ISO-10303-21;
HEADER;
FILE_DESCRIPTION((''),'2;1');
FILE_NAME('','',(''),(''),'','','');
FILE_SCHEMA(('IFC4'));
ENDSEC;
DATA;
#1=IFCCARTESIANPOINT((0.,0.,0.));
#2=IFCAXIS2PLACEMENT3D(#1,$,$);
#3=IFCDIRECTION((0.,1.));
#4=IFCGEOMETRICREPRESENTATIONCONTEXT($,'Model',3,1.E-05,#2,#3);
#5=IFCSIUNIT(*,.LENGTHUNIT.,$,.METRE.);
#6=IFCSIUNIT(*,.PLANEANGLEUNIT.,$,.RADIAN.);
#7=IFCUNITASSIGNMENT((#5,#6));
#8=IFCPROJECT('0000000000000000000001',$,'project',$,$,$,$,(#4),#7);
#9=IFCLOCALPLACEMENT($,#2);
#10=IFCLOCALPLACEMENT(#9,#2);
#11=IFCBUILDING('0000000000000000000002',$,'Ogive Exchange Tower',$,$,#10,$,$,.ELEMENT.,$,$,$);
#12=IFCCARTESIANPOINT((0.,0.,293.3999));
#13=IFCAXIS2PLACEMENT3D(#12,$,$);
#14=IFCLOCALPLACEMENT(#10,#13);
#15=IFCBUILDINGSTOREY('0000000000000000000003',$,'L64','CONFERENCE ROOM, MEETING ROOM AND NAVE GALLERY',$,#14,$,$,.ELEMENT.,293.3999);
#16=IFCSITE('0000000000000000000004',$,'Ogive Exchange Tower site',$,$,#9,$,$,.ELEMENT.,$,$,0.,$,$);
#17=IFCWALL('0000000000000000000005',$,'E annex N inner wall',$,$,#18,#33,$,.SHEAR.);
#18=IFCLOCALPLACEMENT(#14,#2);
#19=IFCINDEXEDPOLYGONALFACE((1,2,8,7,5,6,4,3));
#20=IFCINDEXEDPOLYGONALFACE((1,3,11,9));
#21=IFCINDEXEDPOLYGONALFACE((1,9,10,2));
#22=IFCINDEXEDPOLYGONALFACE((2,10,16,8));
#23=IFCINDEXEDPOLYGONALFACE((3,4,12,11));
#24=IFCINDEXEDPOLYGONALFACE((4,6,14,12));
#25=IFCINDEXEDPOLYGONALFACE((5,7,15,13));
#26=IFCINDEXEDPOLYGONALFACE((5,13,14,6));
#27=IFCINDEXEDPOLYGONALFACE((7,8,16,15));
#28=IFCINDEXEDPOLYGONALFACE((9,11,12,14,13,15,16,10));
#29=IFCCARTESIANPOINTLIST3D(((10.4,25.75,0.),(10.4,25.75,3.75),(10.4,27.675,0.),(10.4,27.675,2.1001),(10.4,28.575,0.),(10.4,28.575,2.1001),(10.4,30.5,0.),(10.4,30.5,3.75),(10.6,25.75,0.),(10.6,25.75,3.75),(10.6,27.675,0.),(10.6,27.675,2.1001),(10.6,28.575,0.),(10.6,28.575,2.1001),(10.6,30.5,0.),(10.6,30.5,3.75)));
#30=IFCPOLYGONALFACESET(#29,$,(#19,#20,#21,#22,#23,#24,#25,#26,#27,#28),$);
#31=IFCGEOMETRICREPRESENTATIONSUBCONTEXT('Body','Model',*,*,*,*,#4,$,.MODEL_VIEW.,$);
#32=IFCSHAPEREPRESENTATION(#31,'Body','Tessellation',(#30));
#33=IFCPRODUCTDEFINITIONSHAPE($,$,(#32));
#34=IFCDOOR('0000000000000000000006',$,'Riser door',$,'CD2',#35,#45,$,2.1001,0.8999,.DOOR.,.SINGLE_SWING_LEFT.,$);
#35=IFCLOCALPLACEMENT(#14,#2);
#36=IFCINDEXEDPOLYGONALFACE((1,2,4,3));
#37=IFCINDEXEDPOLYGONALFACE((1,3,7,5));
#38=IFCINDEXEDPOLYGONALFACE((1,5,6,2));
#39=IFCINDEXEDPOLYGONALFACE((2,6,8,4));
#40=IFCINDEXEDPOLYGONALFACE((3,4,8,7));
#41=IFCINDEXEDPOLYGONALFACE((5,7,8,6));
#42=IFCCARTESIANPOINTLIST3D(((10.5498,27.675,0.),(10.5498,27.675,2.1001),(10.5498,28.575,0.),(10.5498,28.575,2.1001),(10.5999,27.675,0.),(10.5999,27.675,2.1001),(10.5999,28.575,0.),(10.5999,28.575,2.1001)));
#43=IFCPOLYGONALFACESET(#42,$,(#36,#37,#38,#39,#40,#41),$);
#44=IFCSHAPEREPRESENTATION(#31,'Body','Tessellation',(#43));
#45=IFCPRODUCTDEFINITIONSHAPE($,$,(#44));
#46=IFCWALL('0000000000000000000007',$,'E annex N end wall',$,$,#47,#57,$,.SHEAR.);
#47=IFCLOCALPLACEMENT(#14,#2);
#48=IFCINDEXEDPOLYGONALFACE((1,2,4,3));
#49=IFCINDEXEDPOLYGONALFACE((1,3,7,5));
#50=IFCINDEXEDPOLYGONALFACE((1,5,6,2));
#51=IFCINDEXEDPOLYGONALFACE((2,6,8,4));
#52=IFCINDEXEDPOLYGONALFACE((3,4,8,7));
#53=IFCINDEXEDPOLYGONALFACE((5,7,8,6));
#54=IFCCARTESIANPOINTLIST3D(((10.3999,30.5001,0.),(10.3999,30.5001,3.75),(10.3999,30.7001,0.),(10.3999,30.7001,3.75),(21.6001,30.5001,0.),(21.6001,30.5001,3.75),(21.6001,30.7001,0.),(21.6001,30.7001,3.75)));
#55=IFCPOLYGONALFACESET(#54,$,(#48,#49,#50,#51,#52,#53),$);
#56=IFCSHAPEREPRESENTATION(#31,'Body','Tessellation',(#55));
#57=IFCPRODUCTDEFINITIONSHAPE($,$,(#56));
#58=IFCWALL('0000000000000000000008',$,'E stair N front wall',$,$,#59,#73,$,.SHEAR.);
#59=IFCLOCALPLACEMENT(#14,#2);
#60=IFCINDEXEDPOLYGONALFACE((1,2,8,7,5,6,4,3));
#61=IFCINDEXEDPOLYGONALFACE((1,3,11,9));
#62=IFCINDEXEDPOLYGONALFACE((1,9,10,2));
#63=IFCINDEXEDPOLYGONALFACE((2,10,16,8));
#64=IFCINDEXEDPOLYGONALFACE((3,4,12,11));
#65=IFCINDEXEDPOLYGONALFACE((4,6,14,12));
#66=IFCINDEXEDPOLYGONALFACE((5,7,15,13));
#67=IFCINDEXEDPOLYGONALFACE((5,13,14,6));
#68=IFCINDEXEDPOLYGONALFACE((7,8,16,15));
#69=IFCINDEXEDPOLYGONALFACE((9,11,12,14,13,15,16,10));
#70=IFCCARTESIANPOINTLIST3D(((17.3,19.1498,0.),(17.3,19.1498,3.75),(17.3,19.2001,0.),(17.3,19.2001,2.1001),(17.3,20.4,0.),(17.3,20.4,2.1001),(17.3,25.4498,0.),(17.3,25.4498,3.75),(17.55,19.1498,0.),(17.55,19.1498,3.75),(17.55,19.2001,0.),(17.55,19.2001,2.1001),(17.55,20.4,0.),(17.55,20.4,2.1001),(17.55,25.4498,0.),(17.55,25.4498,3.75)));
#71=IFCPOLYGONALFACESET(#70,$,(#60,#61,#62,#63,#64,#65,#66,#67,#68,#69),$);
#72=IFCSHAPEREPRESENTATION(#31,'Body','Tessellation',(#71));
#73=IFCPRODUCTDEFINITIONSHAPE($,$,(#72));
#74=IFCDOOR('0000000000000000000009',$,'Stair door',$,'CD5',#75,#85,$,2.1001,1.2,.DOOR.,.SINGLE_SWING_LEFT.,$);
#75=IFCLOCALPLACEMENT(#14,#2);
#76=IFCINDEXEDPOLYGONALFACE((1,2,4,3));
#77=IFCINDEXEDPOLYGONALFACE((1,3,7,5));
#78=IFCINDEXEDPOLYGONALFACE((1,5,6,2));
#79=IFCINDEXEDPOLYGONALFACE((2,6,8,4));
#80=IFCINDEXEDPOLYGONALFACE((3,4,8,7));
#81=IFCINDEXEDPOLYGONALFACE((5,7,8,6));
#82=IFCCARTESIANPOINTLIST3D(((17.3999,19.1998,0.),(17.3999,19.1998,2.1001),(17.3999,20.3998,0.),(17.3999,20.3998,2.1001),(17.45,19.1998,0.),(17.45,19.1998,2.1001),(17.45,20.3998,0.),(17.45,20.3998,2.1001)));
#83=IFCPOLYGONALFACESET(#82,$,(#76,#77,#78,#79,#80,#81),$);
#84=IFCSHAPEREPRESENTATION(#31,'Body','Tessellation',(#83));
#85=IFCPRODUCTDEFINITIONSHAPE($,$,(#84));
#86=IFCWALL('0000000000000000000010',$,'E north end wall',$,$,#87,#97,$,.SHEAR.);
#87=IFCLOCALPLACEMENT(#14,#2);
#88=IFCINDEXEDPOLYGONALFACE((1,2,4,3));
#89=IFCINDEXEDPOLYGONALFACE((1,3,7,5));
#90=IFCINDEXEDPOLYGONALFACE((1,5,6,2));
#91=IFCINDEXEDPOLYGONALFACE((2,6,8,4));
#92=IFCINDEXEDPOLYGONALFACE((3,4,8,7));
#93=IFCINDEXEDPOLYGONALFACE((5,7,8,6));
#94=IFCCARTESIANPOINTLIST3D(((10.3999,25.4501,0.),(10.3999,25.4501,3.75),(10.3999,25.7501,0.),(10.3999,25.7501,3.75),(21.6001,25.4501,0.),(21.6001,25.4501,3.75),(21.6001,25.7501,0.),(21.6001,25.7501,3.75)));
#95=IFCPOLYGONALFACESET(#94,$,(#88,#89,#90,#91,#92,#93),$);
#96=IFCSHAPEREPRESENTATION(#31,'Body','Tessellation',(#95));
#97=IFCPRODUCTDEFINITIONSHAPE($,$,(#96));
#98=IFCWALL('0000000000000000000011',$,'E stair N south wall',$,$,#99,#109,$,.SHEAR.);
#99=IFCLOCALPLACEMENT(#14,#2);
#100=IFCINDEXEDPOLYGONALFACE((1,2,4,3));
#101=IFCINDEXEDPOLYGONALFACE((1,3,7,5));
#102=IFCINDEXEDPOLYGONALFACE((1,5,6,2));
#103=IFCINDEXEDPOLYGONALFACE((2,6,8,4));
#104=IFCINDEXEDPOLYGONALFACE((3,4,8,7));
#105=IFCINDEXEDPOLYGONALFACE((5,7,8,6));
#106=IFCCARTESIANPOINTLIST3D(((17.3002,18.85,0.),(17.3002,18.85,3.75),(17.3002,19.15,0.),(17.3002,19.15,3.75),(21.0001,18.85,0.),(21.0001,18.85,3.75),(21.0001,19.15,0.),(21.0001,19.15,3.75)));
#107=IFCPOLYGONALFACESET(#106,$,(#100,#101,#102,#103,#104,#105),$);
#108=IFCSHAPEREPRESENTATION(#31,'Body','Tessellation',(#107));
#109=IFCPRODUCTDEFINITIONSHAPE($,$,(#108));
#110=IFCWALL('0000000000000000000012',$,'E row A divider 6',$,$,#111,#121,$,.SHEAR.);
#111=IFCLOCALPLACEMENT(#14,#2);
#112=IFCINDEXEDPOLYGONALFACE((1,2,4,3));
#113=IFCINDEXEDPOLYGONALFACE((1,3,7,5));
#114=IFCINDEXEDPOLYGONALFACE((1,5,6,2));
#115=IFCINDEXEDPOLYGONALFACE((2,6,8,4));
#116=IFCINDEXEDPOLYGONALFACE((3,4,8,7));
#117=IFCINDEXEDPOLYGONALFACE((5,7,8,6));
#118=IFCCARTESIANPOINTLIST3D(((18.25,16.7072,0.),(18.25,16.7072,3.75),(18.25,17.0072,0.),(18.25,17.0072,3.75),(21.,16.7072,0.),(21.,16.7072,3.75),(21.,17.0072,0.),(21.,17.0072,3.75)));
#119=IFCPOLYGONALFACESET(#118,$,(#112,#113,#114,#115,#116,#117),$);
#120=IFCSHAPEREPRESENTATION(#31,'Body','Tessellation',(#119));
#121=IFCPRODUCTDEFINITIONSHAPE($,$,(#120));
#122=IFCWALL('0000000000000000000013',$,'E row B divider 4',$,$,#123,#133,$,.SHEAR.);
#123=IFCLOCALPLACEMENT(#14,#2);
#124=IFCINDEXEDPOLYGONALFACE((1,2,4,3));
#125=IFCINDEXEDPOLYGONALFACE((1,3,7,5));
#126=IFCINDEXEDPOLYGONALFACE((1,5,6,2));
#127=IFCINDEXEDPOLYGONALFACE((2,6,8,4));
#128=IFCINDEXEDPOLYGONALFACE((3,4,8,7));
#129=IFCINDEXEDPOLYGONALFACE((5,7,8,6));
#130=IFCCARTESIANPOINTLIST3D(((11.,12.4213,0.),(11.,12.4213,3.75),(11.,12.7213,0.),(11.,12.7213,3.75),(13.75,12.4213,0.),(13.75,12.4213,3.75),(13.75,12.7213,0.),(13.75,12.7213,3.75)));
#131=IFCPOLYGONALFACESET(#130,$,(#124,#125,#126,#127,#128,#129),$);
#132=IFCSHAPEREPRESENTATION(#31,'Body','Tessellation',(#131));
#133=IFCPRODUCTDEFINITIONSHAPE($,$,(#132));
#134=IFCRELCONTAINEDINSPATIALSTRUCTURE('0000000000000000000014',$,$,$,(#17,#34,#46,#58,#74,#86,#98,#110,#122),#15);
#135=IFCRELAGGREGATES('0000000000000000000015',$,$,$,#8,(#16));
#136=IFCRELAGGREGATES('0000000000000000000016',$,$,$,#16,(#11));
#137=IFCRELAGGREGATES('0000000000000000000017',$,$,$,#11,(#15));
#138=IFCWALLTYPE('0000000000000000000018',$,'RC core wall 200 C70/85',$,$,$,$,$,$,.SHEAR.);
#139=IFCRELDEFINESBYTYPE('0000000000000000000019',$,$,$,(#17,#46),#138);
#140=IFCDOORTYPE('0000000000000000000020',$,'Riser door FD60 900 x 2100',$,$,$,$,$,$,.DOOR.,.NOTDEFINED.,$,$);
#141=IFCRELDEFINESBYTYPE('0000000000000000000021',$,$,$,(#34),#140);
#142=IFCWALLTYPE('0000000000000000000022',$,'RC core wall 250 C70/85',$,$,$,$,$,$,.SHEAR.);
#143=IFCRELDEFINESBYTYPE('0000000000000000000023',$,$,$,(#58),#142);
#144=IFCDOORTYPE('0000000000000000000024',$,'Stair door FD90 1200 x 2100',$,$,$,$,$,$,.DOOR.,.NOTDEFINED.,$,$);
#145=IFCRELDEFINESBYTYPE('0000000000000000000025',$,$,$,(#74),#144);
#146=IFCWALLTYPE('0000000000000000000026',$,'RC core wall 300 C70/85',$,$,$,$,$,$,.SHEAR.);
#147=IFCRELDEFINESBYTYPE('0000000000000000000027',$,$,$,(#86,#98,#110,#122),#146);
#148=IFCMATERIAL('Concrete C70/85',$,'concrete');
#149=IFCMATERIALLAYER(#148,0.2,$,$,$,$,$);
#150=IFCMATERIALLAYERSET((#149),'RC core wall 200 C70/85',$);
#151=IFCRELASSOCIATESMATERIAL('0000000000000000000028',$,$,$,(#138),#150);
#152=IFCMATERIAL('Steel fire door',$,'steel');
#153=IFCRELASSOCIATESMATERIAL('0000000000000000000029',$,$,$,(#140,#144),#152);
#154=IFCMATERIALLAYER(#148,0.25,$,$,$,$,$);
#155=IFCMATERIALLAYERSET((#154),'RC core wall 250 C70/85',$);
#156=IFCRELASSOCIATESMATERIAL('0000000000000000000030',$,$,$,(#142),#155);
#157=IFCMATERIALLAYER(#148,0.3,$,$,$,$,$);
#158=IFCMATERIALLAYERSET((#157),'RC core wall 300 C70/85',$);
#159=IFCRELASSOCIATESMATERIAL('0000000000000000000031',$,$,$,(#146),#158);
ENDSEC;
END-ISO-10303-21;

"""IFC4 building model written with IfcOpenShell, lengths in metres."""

from ifc_helpers import new_model, si_unit, direction, frame, frame_2d, origin, place, context, subcontext, project, spatial, rectangle, extrude, material, layer, layer_set, type_object, element, fill, save


model = new_model("IFC4")

# Units and contexts
model_context = context("Model", 3, precision=1e-05, world=origin(), true_north=direction((0.0, 1.0)))
body_context = subcontext(model_context, "Body", "Model", "MODEL_VIEW")
ifc_project = project(units=[si_unit("LENGTHUNIT", "METRE"), si_unit("PLANEANGLEUNIT", "RADIAN")], contexts=[model_context])

# Site, building, storey
site_placement = place(None, origin())
site = spatial("IfcSite", under=ifc_project, at=site_placement, Name="Ogive Exchange Tower site", CompositionType="ELEMENT", RefElevation=0.0)
building_placement = place(site_placement, origin())
building = spatial("IfcBuilding", under=site, at=building_placement, Name="Ogive Exchange Tower", CompositionType="ELEMENT")
storey_placement = place(building_placement, frame((0.0, 0.0, 293.3999)))
storey = spatial("IfcBuildingStorey", under=building, at=storey_placement, Name="L64", Description="CONFERENCE ROOM, MEETING ROOM AND NAVE GALLERY", CompositionType="ELEMENT", Elevation=293.3999)

# Wall, opening, door
ifc_material_1 = material(Name="Concrete C70/85", Category="concrete")
ifc_layer_1 = layer(ifc_material_1, 0.2)
ifc_layer_set_1 = layer_set([ifc_layer_1], Name="RC core wall 200 C70/85")
wall_type_1 = type_object("IfcWallType", Name="RC core wall 200 C70/85", PredefinedType="SHEAR", material=ifc_layer_set_1)
wall_1_placement = place(storey_placement, frame((10.5, 25.75, 0.0), z_axis=(0.0, 0.0, 1.0), x_axis=(0.0, 1.0, 0.0)))
wall_1 = element("IfcWall", 1, at=wall_1_placement, inside=storey, type_object=wall_type_1, Name="E annex N inner wall", PredefinedType="SHEAR", context=body_context, shape_type="SweptSolid", body=[
    extrude(rectangle(XDim=4.75, YDim=0.2, at=frame_2d((2.375, 0.0))), origin(), (0.0, 0.0, 1.0), 3.75),
])
opening_1_placement = place(wall_1_placement, frame((1.925, 0.0, 0.0)))
opening_1 = element("IfcOpeningElement", 2, at=opening_1_placement, cuts=wall_1, PredefinedType="OPENING", context=body_context, shape_type="SweptSolid", body=[
    extrude(rectangle(XDim=0.8999, YDim=2.1001, at=frame_2d((0.45, 1.05))), frame((0.0, 0.1099, 0.0), z_axis=(0.0, -1.0, 0.0), x_axis=(1.0, 0.0, 0.0)), (0.0, 0.0, 1.0), 0.22),
])
ifc_material_2 = material(Name="Steel fire door", Category="steel")
door_type_1 = type_object("IfcDoorType", Name="Riser door FD60 900 x 2100", OperationType="NOTDEFINED", PredefinedType="DOOR", material=ifc_material_2)
door_1_placement = place(opening_1_placement, origin())
door_1 = element("IfcDoor", 3, at=door_1_placement, inside=storey, type_object=door_type_1, Name="Riser door", ObjectType="CD2", OperationType="SINGLE_SWING_LEFT", OverallHeight=2.1001, OverallWidth=0.8999, PredefinedType="DOOR", context=body_context, shape_type="SweptSolid", body=[
    extrude(rectangle(XDim=0.8999, YDim=2.1001, at=frame_2d((0.45, 1.05))), frame((0.0, -0.0498, 0.0), z_axis=(0.0, -1.0, 0.0), x_axis=(1.0, 0.0, 0.0)), (0.0, 0.0, 1.0), 0.05),
])
fill(opening_1, door_1)

# Wall
wall_2_placement = place(storey_placement, frame((10.3999, 30.6001, 0.0), z_axis=(0.0, 0.0, 1.0), x_axis=(1.0, 0.0, 0.0)))
element("IfcWall", 4, at=wall_2_placement, inside=storey, type_object=wall_type_1, Name="E annex N end wall", PredefinedType="SHEAR", context=body_context, shape_type="SweptSolid", body=[
    extrude(rectangle(XDim=11.2002, YDim=0.2, at=frame_2d((5.6001, 0.0))), origin(), (0.0, 0.0, 1.0), 3.75),
])

# Wall, opening, door
ifc_layer_2 = layer(ifc_material_1, 0.25)
ifc_layer_set_2 = layer_set([ifc_layer_2], Name="RC core wall 250 C70/85")
wall_type_2 = type_object("IfcWallType", Name="RC core wall 250 C70/85", PredefinedType="SHEAR", material=ifc_layer_set_2)
wall_3_placement = place(storey_placement, frame((17.425, 19.1499, 0.0), z_axis=(0.0, 0.0, 1.0), x_axis=(0.0, 1.0, 0.0)))
wall_3 = element("IfcWall", 5, at=wall_3_placement, inside=storey, type_object=wall_type_2, Name="E stair N front wall", PredefinedType="SHEAR", context=body_context, shape_type="SweptSolid", body=[
    extrude(rectangle(XDim=6.3, YDim=0.25, at=frame_2d((3.1499, 0.0))), origin(), (0.0, 0.0, 1.0), 3.75),
])
opening_2_placement = place(wall_3_placement, frame((0.05, 0.0, 0.0)))
opening_2 = element("IfcOpeningElement", 6, at=opening_2_placement, cuts=wall_3, PredefinedType="OPENING", context=body_context, shape_type="SweptSolid", body=[
    extrude(rectangle(XDim=1.2, YDim=2.1001, at=frame_2d((0.6001, 1.05))), frame((0.0, 0.135, 0.0), z_axis=(0.0, -1.0, 0.0), x_axis=(1.0, 0.0, 0.0)), (0.0, 0.0, 1.0), 0.27),
])
door_type_2 = type_object("IfcDoorType", Name="Stair door FD90 1200 x 2100", OperationType="NOTDEFINED", PredefinedType="DOOR", material=ifc_material_2)
door_2_placement = place(opening_2_placement, frame((1.2, 0.0, 0.0), z_axis=(0.0, 0.0, 1.0), x_axis=(-1.0, 0.0, 0.0)))
door_2 = element("IfcDoor", 7, at=door_2_placement, inside=storey, type_object=door_type_2, Name="Stair door", ObjectType="CD5", OperationType="SINGLE_SWING_LEFT", OverallHeight=2.1001, OverallWidth=1.2, PredefinedType="DOOR", context=body_context, shape_type="SweptSolid", body=[
    extrude(rectangle(XDim=1.2, YDim=2.1001, at=frame_2d((0.6001, 1.05))), frame((0.0, 0.0249, 0.0), z_axis=(0.0, -1.0, 0.0), x_axis=(1.0, 0.0, 0.0)), (0.0, 0.0, 1.0), 0.05),
])
fill(opening_2, door_2)

# Walls
ifc_layer_3 = layer(ifc_material_1, 0.3)
ifc_layer_set_3 = layer_set([ifc_layer_3], Name="RC core wall 300 C70/85")
wall_type_3 = type_object("IfcWallType", Name="RC core wall 300 C70/85", PredefinedType="SHEAR", material=ifc_layer_set_3)
wall_4_placement = place(storey_placement, frame((10.3999, 25.6001, 0.0), z_axis=(0.0, 0.0, 1.0), x_axis=(1.0, 0.0, 0.0)))
element("IfcWall", 8, at=wall_4_placement, inside=storey, type_object=wall_type_3, Name="E north end wall", PredefinedType="SHEAR", context=body_context, shape_type="SweptSolid", body=[
    extrude(rectangle(XDim=11.2002, YDim=0.3, at=frame_2d((5.6001, 0.0))), origin(), (0.0, 0.0, 1.0), 3.75),
])
wall_5_placement = place(storey_placement, frame((17.3, 19.0, 0.0), z_axis=(0.0, 0.0, 1.0), x_axis=(1.0, 0.0, 0.0)))
element("IfcWall", 9, at=wall_5_placement, inside=storey, type_object=wall_type_3, Name="E stair N south wall", PredefinedType="SHEAR", context=body_context, shape_type="SweptSolid", body=[
    extrude(rectangle(XDim=3.7, YDim=0.3, at=frame_2d((1.8501, 0.0))), origin(), (0.0, 0.0, 1.0), 3.75),
])
for number, where, z_axis, x_axis, name in (
    (10, (18.25, 16.8572, 0.0), (0.0, 0.0, 1.0), (1.0, 0.0, 0.0), "E row A divider 6"),
    (11, (11.0, 12.5713, 0.0), (0.0, 0.0, 1.0), (1.0, 0.0, 0.0), "E row B divider 4"),
):
    element("IfcWall", number, at=place(storey_placement, frame(where, z_axis=z_axis, x_axis=x_axis)), inside=storey, type_object=wall_type_3, Name=name, PredefinedType="SHEAR", context=body_context, shape_type="SweptSolid", body=[
        extrude(rectangle(XDim=2.75, YDim=0.3, at=frame_2d((1.375, 0.0))), origin(), (0.0, 0.0, 1.0), 3.75),
    ])

save(model, "model.ifc")
